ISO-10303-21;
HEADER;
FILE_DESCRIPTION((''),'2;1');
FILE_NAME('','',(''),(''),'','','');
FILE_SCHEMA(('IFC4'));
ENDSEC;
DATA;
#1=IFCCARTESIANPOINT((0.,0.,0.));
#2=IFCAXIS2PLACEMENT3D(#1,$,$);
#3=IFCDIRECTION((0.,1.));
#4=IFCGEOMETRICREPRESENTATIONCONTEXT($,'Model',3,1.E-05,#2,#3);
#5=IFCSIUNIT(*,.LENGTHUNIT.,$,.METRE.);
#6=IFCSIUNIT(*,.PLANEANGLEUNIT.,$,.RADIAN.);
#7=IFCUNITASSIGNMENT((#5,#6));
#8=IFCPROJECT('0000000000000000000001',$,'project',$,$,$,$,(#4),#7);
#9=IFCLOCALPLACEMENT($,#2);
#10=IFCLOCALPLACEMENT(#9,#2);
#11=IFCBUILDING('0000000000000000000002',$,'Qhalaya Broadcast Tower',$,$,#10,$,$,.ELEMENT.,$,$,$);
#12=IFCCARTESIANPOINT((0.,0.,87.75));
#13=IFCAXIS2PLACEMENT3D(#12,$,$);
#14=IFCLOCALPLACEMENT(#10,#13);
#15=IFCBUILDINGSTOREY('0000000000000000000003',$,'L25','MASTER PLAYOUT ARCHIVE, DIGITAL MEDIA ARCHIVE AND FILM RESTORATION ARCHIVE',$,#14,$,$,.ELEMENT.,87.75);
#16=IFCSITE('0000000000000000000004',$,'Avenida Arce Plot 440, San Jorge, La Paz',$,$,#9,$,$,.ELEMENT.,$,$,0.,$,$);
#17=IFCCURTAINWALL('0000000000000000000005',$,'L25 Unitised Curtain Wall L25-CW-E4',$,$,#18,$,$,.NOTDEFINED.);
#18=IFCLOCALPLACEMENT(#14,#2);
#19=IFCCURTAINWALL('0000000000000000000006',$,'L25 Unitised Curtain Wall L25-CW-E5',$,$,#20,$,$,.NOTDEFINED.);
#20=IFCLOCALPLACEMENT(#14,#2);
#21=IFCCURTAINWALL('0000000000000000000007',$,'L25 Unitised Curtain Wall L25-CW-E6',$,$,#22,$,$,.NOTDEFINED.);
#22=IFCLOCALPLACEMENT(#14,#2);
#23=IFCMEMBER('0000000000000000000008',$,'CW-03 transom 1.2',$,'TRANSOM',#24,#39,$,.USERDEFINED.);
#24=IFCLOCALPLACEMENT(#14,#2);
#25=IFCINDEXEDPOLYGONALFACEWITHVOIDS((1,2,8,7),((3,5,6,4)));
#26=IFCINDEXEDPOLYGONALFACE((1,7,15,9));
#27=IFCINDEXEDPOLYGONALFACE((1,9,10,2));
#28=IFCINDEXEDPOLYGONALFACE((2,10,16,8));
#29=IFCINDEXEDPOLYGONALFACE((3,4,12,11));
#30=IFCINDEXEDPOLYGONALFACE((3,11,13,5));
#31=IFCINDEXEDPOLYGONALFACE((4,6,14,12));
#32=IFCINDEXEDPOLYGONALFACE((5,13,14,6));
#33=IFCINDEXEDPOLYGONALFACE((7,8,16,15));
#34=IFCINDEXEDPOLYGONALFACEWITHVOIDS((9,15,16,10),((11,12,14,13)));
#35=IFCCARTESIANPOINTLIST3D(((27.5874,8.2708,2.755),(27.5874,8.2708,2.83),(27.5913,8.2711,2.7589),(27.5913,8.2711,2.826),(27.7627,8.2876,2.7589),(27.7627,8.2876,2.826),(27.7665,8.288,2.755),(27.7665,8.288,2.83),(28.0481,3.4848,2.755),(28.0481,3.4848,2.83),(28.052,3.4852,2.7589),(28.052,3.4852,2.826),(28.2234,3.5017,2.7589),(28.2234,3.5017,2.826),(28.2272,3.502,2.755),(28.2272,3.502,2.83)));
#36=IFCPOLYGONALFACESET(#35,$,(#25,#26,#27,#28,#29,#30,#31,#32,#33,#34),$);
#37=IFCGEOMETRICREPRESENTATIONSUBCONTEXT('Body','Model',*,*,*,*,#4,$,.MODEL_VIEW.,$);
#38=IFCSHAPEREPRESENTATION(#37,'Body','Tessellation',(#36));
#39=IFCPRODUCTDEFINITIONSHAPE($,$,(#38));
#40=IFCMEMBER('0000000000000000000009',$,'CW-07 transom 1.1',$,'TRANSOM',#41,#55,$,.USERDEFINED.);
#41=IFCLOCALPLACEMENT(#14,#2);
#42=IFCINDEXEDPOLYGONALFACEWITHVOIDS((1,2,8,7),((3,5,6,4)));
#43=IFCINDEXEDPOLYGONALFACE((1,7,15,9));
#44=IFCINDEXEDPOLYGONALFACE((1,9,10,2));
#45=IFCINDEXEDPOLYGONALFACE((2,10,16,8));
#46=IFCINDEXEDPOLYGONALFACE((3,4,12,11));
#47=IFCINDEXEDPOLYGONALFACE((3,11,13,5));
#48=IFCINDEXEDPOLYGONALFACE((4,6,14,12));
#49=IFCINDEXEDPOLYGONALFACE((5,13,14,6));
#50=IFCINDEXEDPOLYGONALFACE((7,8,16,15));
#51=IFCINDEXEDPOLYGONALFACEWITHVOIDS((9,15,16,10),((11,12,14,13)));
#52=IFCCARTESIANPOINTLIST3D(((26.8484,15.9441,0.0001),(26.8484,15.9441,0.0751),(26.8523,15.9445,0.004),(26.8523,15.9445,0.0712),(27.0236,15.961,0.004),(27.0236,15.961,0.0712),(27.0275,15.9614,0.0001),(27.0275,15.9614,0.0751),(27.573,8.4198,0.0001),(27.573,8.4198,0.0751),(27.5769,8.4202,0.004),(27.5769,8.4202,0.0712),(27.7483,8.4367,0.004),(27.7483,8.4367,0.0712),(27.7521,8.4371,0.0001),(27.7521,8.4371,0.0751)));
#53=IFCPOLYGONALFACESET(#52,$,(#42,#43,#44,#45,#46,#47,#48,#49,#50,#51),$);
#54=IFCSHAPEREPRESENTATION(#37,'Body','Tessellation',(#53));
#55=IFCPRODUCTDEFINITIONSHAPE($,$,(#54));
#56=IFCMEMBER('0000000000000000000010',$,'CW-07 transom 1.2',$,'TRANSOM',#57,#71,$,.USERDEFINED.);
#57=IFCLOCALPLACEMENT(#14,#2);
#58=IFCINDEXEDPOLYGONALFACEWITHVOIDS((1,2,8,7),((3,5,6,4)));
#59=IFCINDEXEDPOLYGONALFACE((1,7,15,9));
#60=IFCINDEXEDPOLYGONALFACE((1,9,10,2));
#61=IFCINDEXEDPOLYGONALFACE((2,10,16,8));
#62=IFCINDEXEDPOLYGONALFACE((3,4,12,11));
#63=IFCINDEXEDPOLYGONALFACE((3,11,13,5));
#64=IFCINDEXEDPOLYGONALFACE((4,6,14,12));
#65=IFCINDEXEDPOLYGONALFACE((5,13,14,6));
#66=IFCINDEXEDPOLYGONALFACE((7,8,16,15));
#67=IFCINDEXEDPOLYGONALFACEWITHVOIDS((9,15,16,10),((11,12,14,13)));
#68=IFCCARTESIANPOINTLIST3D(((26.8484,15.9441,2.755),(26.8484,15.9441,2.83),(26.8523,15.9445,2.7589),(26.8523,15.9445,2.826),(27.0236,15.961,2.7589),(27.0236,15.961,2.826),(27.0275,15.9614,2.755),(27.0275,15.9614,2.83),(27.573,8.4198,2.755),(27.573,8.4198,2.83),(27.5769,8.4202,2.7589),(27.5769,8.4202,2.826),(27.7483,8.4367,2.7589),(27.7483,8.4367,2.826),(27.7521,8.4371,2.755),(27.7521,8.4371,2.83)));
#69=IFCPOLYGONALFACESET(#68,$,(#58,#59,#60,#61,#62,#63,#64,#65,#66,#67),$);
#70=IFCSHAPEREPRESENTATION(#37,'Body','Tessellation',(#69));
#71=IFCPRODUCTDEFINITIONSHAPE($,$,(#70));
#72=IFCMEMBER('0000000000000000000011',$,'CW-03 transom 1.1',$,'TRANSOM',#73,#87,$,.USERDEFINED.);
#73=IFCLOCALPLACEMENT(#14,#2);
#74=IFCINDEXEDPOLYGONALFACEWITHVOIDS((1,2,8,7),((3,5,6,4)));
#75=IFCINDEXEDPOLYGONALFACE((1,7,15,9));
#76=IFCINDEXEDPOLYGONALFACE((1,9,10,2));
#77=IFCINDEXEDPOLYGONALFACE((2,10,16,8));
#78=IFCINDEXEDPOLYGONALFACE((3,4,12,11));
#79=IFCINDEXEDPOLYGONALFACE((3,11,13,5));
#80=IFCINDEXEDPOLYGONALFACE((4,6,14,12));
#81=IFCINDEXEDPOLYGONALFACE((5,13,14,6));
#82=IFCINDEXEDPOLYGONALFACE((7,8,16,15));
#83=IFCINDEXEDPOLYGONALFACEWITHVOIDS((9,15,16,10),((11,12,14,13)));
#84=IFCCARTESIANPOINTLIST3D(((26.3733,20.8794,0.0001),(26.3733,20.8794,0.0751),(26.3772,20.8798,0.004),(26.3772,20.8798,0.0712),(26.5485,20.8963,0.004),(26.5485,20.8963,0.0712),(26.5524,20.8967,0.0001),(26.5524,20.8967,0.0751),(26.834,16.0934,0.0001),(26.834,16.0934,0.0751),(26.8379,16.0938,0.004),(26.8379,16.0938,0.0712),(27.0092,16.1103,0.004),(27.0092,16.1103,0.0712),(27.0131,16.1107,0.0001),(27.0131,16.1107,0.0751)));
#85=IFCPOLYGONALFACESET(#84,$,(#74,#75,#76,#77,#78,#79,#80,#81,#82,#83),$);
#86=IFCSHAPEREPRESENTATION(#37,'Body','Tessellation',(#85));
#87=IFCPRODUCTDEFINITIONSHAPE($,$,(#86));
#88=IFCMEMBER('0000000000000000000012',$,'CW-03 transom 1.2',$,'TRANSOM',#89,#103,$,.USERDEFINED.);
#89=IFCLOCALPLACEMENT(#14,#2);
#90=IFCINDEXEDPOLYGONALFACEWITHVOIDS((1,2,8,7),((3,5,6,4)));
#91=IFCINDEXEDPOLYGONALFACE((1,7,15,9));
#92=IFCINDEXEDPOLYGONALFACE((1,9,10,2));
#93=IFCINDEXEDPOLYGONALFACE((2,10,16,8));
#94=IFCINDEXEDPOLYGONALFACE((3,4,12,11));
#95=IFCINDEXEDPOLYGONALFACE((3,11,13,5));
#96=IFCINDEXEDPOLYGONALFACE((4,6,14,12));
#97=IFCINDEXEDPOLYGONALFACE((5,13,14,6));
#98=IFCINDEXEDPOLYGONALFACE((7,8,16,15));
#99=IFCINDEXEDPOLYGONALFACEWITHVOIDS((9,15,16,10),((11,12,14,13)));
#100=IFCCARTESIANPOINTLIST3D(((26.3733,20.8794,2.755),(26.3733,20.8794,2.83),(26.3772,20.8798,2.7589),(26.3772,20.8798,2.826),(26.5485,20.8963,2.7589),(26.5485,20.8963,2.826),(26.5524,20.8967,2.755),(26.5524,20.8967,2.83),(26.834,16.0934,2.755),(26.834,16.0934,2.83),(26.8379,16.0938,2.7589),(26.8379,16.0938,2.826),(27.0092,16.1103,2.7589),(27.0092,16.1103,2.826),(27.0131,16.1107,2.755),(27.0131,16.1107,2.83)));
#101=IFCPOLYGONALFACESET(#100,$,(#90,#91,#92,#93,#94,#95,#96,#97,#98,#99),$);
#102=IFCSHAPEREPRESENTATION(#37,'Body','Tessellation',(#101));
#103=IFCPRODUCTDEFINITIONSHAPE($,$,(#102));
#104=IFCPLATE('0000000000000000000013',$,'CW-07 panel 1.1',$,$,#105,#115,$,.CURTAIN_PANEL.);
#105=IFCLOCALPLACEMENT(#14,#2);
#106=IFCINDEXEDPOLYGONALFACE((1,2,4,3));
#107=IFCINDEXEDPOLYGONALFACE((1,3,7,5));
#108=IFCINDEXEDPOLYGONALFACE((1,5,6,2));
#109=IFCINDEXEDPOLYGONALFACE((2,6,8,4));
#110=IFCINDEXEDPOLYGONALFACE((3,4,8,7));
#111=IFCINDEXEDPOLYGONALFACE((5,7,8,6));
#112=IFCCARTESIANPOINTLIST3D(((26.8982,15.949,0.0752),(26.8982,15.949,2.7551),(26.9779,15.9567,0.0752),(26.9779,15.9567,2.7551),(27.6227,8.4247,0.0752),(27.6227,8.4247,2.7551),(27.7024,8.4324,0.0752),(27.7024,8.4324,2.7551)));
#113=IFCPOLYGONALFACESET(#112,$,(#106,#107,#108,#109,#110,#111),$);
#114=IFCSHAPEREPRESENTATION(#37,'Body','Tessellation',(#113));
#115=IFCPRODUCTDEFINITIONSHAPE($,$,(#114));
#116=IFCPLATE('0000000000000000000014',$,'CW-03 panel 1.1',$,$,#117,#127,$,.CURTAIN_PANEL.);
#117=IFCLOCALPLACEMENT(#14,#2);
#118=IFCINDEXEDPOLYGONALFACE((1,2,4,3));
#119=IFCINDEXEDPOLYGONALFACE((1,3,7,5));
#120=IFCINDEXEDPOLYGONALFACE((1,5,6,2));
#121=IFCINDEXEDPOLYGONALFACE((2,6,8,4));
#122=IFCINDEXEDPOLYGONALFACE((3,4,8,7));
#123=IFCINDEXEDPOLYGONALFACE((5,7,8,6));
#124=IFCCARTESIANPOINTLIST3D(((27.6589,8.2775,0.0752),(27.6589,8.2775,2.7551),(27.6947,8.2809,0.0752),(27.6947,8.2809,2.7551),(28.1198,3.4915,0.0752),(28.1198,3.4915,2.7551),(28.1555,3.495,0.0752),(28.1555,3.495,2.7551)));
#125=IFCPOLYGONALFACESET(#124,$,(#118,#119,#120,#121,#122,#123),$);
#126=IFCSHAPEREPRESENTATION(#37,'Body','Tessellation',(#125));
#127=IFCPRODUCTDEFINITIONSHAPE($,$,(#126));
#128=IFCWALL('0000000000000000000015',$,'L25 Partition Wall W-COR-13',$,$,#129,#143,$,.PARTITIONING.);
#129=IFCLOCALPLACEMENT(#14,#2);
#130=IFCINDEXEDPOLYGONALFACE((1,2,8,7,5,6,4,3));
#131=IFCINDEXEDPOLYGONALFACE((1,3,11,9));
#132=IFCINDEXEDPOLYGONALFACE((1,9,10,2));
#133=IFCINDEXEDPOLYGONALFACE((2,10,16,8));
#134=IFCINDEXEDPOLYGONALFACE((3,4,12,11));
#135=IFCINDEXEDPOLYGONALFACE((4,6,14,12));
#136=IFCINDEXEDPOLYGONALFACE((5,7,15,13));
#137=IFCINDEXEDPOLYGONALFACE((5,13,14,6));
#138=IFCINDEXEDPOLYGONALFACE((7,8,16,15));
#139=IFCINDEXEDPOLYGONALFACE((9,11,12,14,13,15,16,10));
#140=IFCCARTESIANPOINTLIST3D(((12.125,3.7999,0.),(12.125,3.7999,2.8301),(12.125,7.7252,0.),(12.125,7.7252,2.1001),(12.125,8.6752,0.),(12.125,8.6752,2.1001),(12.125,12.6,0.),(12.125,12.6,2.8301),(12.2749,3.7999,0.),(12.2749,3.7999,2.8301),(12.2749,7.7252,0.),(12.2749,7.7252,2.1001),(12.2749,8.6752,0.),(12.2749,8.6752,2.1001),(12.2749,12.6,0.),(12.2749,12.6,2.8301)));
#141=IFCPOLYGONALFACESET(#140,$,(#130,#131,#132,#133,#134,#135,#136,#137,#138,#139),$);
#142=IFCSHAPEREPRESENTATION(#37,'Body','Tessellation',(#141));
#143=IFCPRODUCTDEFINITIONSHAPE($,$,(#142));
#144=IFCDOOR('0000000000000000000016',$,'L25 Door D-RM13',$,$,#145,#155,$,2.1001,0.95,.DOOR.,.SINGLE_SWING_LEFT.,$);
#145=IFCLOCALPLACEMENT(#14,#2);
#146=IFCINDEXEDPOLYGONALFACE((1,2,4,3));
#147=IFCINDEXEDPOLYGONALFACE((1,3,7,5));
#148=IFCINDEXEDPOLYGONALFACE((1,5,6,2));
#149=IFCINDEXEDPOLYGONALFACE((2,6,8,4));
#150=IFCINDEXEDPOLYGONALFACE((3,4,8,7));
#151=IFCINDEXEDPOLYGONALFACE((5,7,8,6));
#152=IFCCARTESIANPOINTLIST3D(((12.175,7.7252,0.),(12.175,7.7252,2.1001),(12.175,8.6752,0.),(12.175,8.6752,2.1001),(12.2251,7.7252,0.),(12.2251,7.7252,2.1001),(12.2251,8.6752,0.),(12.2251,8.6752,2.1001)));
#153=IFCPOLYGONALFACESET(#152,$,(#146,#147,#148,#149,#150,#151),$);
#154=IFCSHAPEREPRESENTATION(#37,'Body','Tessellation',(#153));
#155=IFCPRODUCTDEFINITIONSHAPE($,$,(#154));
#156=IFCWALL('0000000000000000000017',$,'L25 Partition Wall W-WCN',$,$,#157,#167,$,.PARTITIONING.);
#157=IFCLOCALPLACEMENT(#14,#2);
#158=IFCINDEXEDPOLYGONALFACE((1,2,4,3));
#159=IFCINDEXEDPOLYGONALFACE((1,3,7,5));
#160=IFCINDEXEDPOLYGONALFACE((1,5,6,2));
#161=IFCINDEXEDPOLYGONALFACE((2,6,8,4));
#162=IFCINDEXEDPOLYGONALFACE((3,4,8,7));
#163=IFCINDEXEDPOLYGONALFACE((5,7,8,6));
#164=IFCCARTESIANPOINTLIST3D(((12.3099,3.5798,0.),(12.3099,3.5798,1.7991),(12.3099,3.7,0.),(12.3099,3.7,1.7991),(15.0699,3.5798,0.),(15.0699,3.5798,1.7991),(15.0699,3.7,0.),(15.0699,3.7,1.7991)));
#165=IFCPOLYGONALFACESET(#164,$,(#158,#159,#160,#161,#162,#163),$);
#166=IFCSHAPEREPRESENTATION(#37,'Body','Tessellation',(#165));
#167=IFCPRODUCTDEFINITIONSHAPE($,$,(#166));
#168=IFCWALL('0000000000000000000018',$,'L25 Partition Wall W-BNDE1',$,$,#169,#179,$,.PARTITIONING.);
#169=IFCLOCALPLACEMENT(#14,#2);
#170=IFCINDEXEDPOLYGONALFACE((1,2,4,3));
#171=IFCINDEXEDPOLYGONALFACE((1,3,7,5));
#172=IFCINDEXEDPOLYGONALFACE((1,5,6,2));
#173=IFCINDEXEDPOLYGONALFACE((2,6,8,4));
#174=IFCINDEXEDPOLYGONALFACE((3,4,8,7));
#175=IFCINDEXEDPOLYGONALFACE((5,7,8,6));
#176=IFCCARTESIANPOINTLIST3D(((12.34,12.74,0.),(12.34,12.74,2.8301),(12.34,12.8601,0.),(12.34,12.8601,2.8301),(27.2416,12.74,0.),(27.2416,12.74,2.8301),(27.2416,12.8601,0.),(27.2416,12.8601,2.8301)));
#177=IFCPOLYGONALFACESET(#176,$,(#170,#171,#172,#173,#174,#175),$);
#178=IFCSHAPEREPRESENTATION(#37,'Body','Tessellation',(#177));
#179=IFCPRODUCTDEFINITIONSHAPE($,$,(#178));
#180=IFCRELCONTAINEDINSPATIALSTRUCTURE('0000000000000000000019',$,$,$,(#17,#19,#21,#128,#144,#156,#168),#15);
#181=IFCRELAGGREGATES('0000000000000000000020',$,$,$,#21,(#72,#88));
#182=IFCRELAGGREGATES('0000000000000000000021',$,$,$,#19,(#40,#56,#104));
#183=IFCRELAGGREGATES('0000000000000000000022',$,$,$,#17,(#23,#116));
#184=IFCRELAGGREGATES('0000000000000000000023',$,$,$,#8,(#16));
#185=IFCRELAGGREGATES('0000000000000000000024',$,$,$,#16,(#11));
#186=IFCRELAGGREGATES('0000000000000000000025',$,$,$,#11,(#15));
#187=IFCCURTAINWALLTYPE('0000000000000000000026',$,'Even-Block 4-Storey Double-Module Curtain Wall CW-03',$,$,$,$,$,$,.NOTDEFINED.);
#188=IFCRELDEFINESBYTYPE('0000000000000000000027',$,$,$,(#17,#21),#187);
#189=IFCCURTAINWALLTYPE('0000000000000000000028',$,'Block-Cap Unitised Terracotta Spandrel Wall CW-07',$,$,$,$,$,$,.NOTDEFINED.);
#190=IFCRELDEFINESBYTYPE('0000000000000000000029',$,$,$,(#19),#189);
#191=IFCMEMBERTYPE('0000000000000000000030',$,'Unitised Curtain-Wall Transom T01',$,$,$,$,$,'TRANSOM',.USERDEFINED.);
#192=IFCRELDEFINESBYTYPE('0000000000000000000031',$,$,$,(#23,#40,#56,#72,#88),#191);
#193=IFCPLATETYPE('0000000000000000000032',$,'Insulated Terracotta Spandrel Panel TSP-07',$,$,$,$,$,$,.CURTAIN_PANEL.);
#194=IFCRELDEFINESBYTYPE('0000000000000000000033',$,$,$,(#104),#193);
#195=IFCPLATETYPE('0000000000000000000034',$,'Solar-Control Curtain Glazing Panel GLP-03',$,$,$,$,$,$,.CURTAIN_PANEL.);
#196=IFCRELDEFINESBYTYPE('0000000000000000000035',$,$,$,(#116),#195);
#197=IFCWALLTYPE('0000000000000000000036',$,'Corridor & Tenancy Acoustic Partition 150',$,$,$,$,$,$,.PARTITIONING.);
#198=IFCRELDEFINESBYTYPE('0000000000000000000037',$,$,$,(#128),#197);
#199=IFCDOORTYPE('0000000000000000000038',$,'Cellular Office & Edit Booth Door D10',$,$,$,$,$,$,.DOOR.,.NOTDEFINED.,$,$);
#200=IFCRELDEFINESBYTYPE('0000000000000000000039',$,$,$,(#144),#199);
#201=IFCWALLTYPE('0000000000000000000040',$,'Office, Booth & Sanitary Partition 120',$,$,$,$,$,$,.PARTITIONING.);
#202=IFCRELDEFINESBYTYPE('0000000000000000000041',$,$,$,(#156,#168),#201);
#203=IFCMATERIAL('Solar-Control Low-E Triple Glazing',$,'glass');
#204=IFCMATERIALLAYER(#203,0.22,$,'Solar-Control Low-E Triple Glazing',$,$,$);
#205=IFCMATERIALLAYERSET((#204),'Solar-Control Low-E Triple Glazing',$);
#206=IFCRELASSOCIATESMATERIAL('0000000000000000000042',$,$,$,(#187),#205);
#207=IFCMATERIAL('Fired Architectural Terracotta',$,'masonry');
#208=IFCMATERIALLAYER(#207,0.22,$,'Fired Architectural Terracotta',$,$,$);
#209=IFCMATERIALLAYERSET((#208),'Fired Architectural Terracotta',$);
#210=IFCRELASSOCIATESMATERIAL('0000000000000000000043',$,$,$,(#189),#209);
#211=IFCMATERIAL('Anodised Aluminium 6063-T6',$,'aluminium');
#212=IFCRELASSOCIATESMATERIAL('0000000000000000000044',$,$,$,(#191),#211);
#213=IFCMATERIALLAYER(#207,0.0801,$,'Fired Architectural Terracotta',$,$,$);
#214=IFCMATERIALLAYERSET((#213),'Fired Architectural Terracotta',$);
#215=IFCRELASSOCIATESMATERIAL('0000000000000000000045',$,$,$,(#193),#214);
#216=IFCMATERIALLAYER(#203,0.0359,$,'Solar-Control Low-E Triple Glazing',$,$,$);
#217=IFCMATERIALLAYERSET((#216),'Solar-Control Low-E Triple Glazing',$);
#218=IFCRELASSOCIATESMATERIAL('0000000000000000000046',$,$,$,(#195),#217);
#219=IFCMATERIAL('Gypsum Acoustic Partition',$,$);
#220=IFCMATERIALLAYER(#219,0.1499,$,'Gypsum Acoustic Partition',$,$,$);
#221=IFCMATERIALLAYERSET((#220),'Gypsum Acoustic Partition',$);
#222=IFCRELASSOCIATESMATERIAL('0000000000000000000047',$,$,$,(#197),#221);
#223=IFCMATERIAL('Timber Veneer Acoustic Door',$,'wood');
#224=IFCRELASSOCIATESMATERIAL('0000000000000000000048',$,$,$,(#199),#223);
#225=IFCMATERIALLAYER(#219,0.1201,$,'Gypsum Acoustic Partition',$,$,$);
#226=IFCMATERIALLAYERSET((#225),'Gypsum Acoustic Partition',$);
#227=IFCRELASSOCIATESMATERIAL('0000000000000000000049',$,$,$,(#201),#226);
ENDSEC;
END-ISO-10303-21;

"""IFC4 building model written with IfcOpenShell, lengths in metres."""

from ifc_helpers import new_model, si_unit, direction, frame, frame_2d, origin, origin_2d, place, context, subcontext, project, spatial, rectangle, hollow_rectangle, extrude, material, layer, layer_set, material_profile, profile_set, type_object, element, fill, aggregate, save


model = new_model("IFC4")

# Units and contexts
model_context = context("Model", 3, precision=1e-05, world=origin(), true_north=direction((0.0, 1.0)))
body_context = subcontext(model_context, "Body", "Model", "MODEL_VIEW")
ifc_project = project(units=[si_unit("LENGTHUNIT", "METRE"), si_unit("PLANEANGLEUNIT", "RADIAN")], contexts=[model_context])

# Site, building, storey
site_placement = place(None, origin())
site = spatial("IfcSite", under=ifc_project, at=site_placement, Name="Avenida Arce Plot 440, San Jorge, La Paz", CompositionType="ELEMENT", RefElevation=0.0)
building_placement = place(site_placement, origin())
building = spatial("IfcBuilding", under=site, at=building_placement, Name="Qhalaya Broadcast Tower", CompositionType="ELEMENT")
storey_placement = place(building_placement, frame((0.0, 0.0, 87.75)))
storey = spatial("IfcBuildingStorey", under=building, at=storey_placement, Name="L25", Description="MASTER PLAYOUT ARCHIVE, DIGITAL MEDIA ARCHIVE AND FILM RESTORATION ARCHIVE", CompositionType="ELEMENT", Elevation=87.75)

# Curtain walls
ifc_material_1 = material(Name="Solar-Control Low-E Triple Glazing", Category="glass")
ifc_layer_1 = layer(ifc_material_1, 0.22, Name="Solar-Control Low-E Triple Glazing")
ifc_layer_set_1 = layer_set([ifc_layer_1], Name="Solar-Control Low-E Triple Glazing")
curtain_wall_type_1 = type_object("IfcCurtainWallType", Name="Even-Block 4-Storey Double-Module Curtain Wall CW-03", PredefinedType="NOTDEFINED", material=ifc_layer_set_1)
curtain_wall_1_placement = place(storey_placement, origin())
curtain_wall_1 = element("IfcCurtainWall", 1, at=curtain_wall_1_placement, inside=storey, type_object=curtain_wall_type_1, Name="L25 Unitised Curtain Wall L25-CW-E4", PredefinedType="NOTDEFINED")
ifc_material_2 = material(Name="Anodised Aluminium 6063-T6", Category="aluminium")
ifc_material_3 = material(Name="Fired Architectural Terracotta", Category="masonry")
ifc_layer_2 = layer(ifc_material_3, 0.22, Name="Fired Architectural Terracotta")
ifc_layer_set_2 = layer_set([ifc_layer_2], Name="Fired Architectural Terracotta")
curtain_wall_type_2 = type_object("IfcCurtainWallType", Name="Block-Cap Unitised Terracotta Spandrel Wall CW-07", PredefinedType="NOTDEFINED", material=ifc_layer_set_2)
curtain_wall_2_placement = place(storey_placement, origin())
curtain_wall_2 = element("IfcCurtainWall", 2, at=curtain_wall_2_placement, inside=storey, type_object=curtain_wall_type_2, Name="L25 Unitised Curtain Wall L25-CW-E5", PredefinedType="NOTDEFINED")

# Curtain wall
curtain_wall_3_placement = place(storey_placement, origin())
curtain_wall_3 = element("IfcCurtainWall", 3, at=curtain_wall_3_placement, inside=storey, type_object=curtain_wall_type_1, Name="L25 Unitised Curtain Wall L25-CW-E6", PredefinedType="NOTDEFINED")

# Members
ifc_material_profile_1 = material_profile(ifc_material_2, hollow_rectangle(XDim=0.075, YDim=0.1799, WallThickness=0.0039, at=origin_2d()), Name="ALU-TRN 75x180x4")
ifc_profile_set_1 = profile_set([ifc_material_profile_1], Name="Anodised Aluminium 6063-T6")
member_type_1 = type_object("IfcMemberType", Name="Unitised Curtain-Wall Transom T01", ElementType="TRANSOM", PredefinedType="USERDEFINED", material=ifc_profile_set_1)
member_1_placement = place(storey_placement, frame((28.1377, 3.4934, 2.7925), z_axis=(-0.095818, 0.995399, 0.0), x_axis=(0.0, 0.0, 1.0)))
member_1 = element("IfcMember", 4, at=member_1_placement, type_object=member_type_1, Name="CW-03 transom 1.2", ObjectType="TRANSOM", PredefinedType="USERDEFINED", context=body_context, shape_type="SweptSolid", body=[
    extrude(hollow_rectangle(XDim=0.075, YDim=0.1799, WallThickness=0.0039, at=origin_2d()), origin(), (0.0, 0.0, 1.0), 4.8081),
])
member_2_placement = place(storey_placement, frame((27.6626, 8.4285, 0.0376), z_axis=(-0.095861, 0.995395, 0.0), x_axis=(0.0, 0.0, 1.0)))
member_2 = element("IfcMember", 5, at=member_2_placement, type_object=member_type_1, Name="CW-07 transom 1.1", ObjectType="TRANSOM", PredefinedType="USERDEFINED", context=body_context, shape_type="SweptSolid", body=[
    extrude(hollow_rectangle(XDim=0.075, YDim=0.1799, WallThickness=0.0039, at=origin_2d()), origin(), (0.0, 0.0, 1.0), 7.5591),
])
member_3_placement = place(storey_placement, frame((27.6626, 8.4285, 2.7925), z_axis=(-0.095861, 0.995395, 0.0), x_axis=(0.0, 0.0, 1.0)))
member_3 = element("IfcMember", 6, at=member_3_placement, type_object=member_type_1, Name="CW-07 transom 1.2", ObjectType="TRANSOM", PredefinedType="USERDEFINED", context=body_context, shape_type="SweptSolid", body=[
    extrude(hollow_rectangle(XDim=0.075, YDim=0.1799, WallThickness=0.0039, at=origin_2d()), origin(), (0.0, 0.0, 1.0), 7.5591),
])
member_4_placement = place(storey_placement, frame((26.9236, 16.1021, 0.0376), z_axis=(-0.095818, 0.995399, 0.0), x_axis=(0.0, 0.0, 1.0)))
member_4 = element("IfcMember", 7, at=member_4_placement, type_object=member_type_1, Name="CW-03 transom 1.1", ObjectType="TRANSOM", PredefinedType="USERDEFINED", context=body_context, shape_type="SweptSolid", body=[
    extrude(hollow_rectangle(XDim=0.075, YDim=0.1799, WallThickness=0.0039, at=origin_2d()), origin(), (0.0, 0.0, 1.0), 4.8081),
])
member_5_placement = place(storey_placement, frame((26.9236, 16.1021, 2.7925), z_axis=(-0.095818, 0.995399, 0.0), x_axis=(0.0, 0.0, 1.0)))
member_5 = element("IfcMember", 8, at=member_5_placement, type_object=member_type_1, Name="CW-03 transom 1.2", ObjectType="TRANSOM", PredefinedType="USERDEFINED", context=body_context, shape_type="SweptSolid", body=[
    extrude(hollow_rectangle(XDim=0.075, YDim=0.1799, WallThickness=0.0039, at=origin_2d()), origin(), (0.0, 0.0, 1.0), 4.8081),
])
aggregate(curtain_wall_3, [member_4, member_5])

# Plates
ifc_layer_3 = layer(ifc_material_3, 0.0801, Name="Fired Architectural Terracotta")
ifc_layer_set_3 = layer_set([ifc_layer_3], Name="Fired Architectural Terracotta")
plate_type_1 = type_object("IfcPlateType", Name="Insulated Terracotta Spandrel Panel TSP-07", PredefinedType="CURTAIN_PANEL", material=ifc_layer_set_3)
plate_1_placement = place(storey_placement, frame((27.3003, 12.1907, 0.0752), z_axis=(0.0, 0.0, 1.0), x_axis=(-0.095849, 0.995396, 0.0)))
plate_1 = element("IfcPlate", 9, at=plate_1_placement, type_object=plate_type_1, Name="CW-07 panel 1.1", PredefinedType="CURTAIN_PANEL", context=body_context, shape_type="SweptSolid", body=[
    extrude(rectangle(XDim=7.5591, YDim=0.0801, at=origin_2d()), origin(), (0.0, 0.0, 1.0), 2.6799),
])
aggregate(curtain_wall_2, [member_2, member_3, plate_1])
ifc_layer_4 = layer(ifc_material_1, 0.0359, Name="Solar-Control Low-E Triple Glazing")
ifc_layer_set_4 = layer_set([ifc_layer_4], Name="Solar-Control Low-E Triple Glazing")
plate_type_2 = type_object("IfcPlateType", Name="Solar-Control Curtain Glazing Panel GLP-03", PredefinedType="CURTAIN_PANEL", material=ifc_layer_set_4)
plate_2_placement = place(storey_placement, frame((27.9072, 5.8862, 0.0752), z_axis=(0.0, 0.0, 1.0), x_axis=(-0.095845, 0.995396, 0.0)))
plate_2 = element("IfcPlate", 10, at=plate_2_placement, type_object=plate_type_2, Name="CW-03 panel 1.1", PredefinedType="CURTAIN_PANEL", context=body_context, shape_type="SweptSolid", body=[
    extrude(rectangle(XDim=4.8081, YDim=0.0359, at=origin_2d()), origin(), (0.0, 0.0, 1.0), 2.6799),
])
aggregate(curtain_wall_1, [member_1, plate_2])

# Wall, opening, door
ifc_material_4 = material(Name="Gypsum Acoustic Partition")
ifc_layer_5 = layer(ifc_material_4, 0.1499, Name="Gypsum Acoustic Partition")
ifc_layer_set_5 = layer_set([ifc_layer_5], Name="Gypsum Acoustic Partition")
wall_type_1 = type_object("IfcWallType", Name="Corridor & Tenancy Acoustic Partition 150", PredefinedType="PARTITIONING", material=ifc_layer_set_5)
wall_1_placement = place(storey_placement, frame((12.2, 3.8, 0.0), z_axis=(0.0, 0.0, 1.0), x_axis=(0.0, 1.0, 0.0)))
wall_1 = element("IfcWall", 11, at=wall_1_placement, inside=storey, type_object=wall_type_1, Name="L25 Partition Wall W-COR-13", PredefinedType="PARTITIONING", context=body_context, shape_type="SweptSolid", body=[
    extrude(rectangle(XDim=8.8, YDim=0.1499, at=frame_2d((4.3999, 0.0))), origin(), (0.0, 0.0, 1.0), 2.8301),
])
opening_placement = place(wall_1_placement, frame((3.925, 0.0, 0.0)))
opening = element("IfcOpeningElement", 12, at=opening_placement, cuts=wall_1, PredefinedType="OPENING", context=body_context, shape_type="SweptSolid", body=[
    extrude(rectangle(XDim=0.95, YDim=2.1001, at=frame_2d((0.4751, 1.05))), frame((0.0, 0.0869, 0.0), z_axis=(0.0, -1.0, 0.0), x_axis=(1.0, 0.0, 0.0)), (0.0, 0.0, 1.0), 0.1738),
])
ifc_material_5 = material(Name="Timber Veneer Acoustic Door", Category="wood")
door_type = type_object("IfcDoorType", Name="Cellular Office & Edit Booth Door D10", OperationType="NOTDEFINED", PredefinedType="DOOR", material=ifc_material_5)
door_placement = place(opening_placement, origin())
door = element("IfcDoor", 13, at=door_placement, inside=storey, type_object=door_type, Name="L25 Door D-RM13", OperationType="SINGLE_SWING_LEFT", OverallHeight=2.1001, OverallWidth=0.95, PredefinedType="DOOR", context=body_context, shape_type="SweptSolid", body=[
    extrude(rectangle(XDim=0.95, YDim=2.1001, at=frame_2d((0.4751, 1.05))), frame((0.0, 0.0249, 0.0), z_axis=(0.0, -1.0, 0.0), x_axis=(1.0, 0.0, 0.0)), (0.0, 0.0, 1.0), 0.05),
])
fill(opening, door)

# Walls
ifc_layer_6 = layer(ifc_material_4, 0.1201, Name="Gypsum Acoustic Partition")
ifc_layer_set_6 = layer_set([ifc_layer_6], Name="Gypsum Acoustic Partition")
wall_type_2 = type_object("IfcWallType", Name="Office, Booth & Sanitary Partition 120", PredefinedType="PARTITIONING", material=ifc_layer_set_6)
wall_2_placement = place(storey_placement, frame((12.3101, 3.6399, 0.0), z_axis=(0.0, 0.0, 1.0), x_axis=(1.0, 0.0, 0.0)))
element("IfcWall", 14, at=wall_2_placement, inside=storey, type_object=wall_type_2, Name="L25 Partition Wall W-WCN", PredefinedType="PARTITIONING", context=body_context, shape_type="SweptSolid", body=[
    extrude(rectangle(XDim=2.76, YDim=0.1201, at=frame_2d((1.3799, 0.0))), origin(), (0.0, 0.0, 1.0), 1.7991),
])
wall_3_placement = place(storey_placement, frame((12.3401, 12.8, 0.0), z_axis=(0.0, 0.0, 1.0), x_axis=(1.0, 0.0, 0.0)))
element("IfcWall", 15, at=wall_3_placement, inside=storey, type_object=wall_type_2, Name="L25 Partition Wall W-BNDE1", PredefinedType="PARTITIONING", context=body_context, shape_type="SweptSolid", body=[
    extrude(rectangle(XDim=14.9016, YDim=0.1201, at=frame_2d((7.4507, 0.0))), origin(), (0.0, 0.0, 1.0), 2.8301),
])

save(model, "model.ifc")
